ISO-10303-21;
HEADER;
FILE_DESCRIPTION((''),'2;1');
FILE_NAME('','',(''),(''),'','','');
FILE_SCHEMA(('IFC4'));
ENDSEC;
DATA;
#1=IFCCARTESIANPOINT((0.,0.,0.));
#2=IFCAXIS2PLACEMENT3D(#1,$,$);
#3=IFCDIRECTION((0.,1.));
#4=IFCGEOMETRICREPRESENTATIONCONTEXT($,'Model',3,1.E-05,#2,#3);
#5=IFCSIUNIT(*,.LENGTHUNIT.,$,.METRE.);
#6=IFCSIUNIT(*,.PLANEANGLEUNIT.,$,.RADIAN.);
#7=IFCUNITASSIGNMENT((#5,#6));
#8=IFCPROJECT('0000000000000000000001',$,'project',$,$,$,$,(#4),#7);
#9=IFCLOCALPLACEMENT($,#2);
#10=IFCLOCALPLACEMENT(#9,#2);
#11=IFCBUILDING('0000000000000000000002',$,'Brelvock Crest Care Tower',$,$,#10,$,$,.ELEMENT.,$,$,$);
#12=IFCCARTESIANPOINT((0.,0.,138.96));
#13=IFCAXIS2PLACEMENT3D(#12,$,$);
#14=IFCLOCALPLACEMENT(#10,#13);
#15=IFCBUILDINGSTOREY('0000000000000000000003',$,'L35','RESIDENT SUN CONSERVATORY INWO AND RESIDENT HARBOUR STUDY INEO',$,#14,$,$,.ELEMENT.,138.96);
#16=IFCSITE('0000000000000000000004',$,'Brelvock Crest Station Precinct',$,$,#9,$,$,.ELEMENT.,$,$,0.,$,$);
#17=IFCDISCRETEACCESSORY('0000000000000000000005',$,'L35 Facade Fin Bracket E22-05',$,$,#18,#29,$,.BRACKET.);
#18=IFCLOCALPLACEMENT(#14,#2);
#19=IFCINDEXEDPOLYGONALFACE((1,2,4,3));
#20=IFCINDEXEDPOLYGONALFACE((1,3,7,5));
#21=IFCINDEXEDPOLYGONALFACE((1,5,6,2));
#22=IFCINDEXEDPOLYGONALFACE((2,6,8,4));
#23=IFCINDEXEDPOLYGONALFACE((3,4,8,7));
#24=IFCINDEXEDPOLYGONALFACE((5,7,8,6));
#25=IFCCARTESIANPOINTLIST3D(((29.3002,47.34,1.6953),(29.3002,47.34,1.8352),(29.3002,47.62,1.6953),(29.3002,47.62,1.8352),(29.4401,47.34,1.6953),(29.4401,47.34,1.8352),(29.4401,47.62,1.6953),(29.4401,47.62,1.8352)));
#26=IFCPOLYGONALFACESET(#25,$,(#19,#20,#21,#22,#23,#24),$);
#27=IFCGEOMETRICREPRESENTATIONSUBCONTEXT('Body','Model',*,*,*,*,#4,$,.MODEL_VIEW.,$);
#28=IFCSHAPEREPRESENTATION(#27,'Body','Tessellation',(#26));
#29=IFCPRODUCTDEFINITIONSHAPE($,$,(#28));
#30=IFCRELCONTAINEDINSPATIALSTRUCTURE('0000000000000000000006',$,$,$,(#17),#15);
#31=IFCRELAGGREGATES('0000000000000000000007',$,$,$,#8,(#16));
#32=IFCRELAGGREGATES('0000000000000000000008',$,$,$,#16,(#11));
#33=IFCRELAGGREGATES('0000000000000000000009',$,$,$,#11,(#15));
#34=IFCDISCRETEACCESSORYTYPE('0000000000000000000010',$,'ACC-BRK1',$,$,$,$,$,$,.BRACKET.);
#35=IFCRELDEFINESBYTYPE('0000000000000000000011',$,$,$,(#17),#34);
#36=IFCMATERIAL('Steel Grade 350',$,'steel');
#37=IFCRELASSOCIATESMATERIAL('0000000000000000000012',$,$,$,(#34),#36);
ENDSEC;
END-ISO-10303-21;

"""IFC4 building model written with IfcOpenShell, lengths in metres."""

from ifc_helpers import new_model, si_unit, direction, frame, origin, origin_2d, place, context, subcontext, project, spatial, rectangle, extrude, source, transform, mapped, material, type_object, element, save


model = new_model("IFC4")

# Units and contexts
model_context = context("Model", 3, precision=1e-05, world=origin(), true_north=direction((0.0, 1.0)))
body_context = subcontext(model_context, "Body", "Model", "MODEL_VIEW")
ifc_project = project(units=[si_unit("LENGTHUNIT", "METRE"), si_unit("PLANEANGLEUNIT", "RADIAN")], contexts=[model_context])

# Site, building, storey
site_placement = place(None, origin())
site = spatial("IfcSite", under=ifc_project, at=site_placement, Name="Brelvock Crest Station Precinct", CompositionType="ELEMENT", RefElevation=0.0)
building_placement = place(site_placement, origin())
building = spatial("IfcBuilding", under=site, at=building_placement, Name="Brelvock Crest Care Tower", CompositionType="ELEMENT")
storey_placement = place(building_placement, frame((0.0, 0.0, 138.96)))
storey = spatial("IfcBuildingStorey", under=building, at=storey_placement, Name="L35", Description="RESIDENT SUN CONSERVATORY INWO AND RESIDENT HARBOUR STUDY INEO", CompositionType="ELEMENT", Elevation=138.96)

# Shared definitions
ifc_material_1 = material(Name="Steel Grade 350", Category="steel")

# Discrete accessory
discrete_accessory_type = type_object("IfcDiscreteAccessoryType", Name="ACC-BRK1", PredefinedType="BRACKET", material=ifc_material_1)
shared_shape_1 = source(origin(), body_context, "Body", "SweptSolid", [
    extrude(rectangle(XDim=0.28, YDim=0.1399, at=origin_2d()), origin(), (0.0, 0.0, 1.0), 0.1399),
])
discrete_accessory_placement = place(storey_placement, frame((29.3701, 47.48, 1.6953), z_axis=(0.0, 0.0, 1.0), x_axis=(0.0, 1.0, 0.0)))
element("IfcDiscreteAccessory", 1, at=discrete_accessory_placement, inside=storey, type_object=discrete_accessory_type, Name="L35 Facade Fin Bracket E22-05", PredefinedType="BRACKET", context=body_context, shape_type="MappedRepresentation", body=[
    mapped(shared_shape_1, transform((0.0, 0.0, 0.0), x_axis=(1.0, 0.0, 0.0), y_axis=(0.0, 1.0, 0.0), z_axis=(0.0, 0.0, 1.0), scale=1.0)),
])

save(model, "model.ifc")
